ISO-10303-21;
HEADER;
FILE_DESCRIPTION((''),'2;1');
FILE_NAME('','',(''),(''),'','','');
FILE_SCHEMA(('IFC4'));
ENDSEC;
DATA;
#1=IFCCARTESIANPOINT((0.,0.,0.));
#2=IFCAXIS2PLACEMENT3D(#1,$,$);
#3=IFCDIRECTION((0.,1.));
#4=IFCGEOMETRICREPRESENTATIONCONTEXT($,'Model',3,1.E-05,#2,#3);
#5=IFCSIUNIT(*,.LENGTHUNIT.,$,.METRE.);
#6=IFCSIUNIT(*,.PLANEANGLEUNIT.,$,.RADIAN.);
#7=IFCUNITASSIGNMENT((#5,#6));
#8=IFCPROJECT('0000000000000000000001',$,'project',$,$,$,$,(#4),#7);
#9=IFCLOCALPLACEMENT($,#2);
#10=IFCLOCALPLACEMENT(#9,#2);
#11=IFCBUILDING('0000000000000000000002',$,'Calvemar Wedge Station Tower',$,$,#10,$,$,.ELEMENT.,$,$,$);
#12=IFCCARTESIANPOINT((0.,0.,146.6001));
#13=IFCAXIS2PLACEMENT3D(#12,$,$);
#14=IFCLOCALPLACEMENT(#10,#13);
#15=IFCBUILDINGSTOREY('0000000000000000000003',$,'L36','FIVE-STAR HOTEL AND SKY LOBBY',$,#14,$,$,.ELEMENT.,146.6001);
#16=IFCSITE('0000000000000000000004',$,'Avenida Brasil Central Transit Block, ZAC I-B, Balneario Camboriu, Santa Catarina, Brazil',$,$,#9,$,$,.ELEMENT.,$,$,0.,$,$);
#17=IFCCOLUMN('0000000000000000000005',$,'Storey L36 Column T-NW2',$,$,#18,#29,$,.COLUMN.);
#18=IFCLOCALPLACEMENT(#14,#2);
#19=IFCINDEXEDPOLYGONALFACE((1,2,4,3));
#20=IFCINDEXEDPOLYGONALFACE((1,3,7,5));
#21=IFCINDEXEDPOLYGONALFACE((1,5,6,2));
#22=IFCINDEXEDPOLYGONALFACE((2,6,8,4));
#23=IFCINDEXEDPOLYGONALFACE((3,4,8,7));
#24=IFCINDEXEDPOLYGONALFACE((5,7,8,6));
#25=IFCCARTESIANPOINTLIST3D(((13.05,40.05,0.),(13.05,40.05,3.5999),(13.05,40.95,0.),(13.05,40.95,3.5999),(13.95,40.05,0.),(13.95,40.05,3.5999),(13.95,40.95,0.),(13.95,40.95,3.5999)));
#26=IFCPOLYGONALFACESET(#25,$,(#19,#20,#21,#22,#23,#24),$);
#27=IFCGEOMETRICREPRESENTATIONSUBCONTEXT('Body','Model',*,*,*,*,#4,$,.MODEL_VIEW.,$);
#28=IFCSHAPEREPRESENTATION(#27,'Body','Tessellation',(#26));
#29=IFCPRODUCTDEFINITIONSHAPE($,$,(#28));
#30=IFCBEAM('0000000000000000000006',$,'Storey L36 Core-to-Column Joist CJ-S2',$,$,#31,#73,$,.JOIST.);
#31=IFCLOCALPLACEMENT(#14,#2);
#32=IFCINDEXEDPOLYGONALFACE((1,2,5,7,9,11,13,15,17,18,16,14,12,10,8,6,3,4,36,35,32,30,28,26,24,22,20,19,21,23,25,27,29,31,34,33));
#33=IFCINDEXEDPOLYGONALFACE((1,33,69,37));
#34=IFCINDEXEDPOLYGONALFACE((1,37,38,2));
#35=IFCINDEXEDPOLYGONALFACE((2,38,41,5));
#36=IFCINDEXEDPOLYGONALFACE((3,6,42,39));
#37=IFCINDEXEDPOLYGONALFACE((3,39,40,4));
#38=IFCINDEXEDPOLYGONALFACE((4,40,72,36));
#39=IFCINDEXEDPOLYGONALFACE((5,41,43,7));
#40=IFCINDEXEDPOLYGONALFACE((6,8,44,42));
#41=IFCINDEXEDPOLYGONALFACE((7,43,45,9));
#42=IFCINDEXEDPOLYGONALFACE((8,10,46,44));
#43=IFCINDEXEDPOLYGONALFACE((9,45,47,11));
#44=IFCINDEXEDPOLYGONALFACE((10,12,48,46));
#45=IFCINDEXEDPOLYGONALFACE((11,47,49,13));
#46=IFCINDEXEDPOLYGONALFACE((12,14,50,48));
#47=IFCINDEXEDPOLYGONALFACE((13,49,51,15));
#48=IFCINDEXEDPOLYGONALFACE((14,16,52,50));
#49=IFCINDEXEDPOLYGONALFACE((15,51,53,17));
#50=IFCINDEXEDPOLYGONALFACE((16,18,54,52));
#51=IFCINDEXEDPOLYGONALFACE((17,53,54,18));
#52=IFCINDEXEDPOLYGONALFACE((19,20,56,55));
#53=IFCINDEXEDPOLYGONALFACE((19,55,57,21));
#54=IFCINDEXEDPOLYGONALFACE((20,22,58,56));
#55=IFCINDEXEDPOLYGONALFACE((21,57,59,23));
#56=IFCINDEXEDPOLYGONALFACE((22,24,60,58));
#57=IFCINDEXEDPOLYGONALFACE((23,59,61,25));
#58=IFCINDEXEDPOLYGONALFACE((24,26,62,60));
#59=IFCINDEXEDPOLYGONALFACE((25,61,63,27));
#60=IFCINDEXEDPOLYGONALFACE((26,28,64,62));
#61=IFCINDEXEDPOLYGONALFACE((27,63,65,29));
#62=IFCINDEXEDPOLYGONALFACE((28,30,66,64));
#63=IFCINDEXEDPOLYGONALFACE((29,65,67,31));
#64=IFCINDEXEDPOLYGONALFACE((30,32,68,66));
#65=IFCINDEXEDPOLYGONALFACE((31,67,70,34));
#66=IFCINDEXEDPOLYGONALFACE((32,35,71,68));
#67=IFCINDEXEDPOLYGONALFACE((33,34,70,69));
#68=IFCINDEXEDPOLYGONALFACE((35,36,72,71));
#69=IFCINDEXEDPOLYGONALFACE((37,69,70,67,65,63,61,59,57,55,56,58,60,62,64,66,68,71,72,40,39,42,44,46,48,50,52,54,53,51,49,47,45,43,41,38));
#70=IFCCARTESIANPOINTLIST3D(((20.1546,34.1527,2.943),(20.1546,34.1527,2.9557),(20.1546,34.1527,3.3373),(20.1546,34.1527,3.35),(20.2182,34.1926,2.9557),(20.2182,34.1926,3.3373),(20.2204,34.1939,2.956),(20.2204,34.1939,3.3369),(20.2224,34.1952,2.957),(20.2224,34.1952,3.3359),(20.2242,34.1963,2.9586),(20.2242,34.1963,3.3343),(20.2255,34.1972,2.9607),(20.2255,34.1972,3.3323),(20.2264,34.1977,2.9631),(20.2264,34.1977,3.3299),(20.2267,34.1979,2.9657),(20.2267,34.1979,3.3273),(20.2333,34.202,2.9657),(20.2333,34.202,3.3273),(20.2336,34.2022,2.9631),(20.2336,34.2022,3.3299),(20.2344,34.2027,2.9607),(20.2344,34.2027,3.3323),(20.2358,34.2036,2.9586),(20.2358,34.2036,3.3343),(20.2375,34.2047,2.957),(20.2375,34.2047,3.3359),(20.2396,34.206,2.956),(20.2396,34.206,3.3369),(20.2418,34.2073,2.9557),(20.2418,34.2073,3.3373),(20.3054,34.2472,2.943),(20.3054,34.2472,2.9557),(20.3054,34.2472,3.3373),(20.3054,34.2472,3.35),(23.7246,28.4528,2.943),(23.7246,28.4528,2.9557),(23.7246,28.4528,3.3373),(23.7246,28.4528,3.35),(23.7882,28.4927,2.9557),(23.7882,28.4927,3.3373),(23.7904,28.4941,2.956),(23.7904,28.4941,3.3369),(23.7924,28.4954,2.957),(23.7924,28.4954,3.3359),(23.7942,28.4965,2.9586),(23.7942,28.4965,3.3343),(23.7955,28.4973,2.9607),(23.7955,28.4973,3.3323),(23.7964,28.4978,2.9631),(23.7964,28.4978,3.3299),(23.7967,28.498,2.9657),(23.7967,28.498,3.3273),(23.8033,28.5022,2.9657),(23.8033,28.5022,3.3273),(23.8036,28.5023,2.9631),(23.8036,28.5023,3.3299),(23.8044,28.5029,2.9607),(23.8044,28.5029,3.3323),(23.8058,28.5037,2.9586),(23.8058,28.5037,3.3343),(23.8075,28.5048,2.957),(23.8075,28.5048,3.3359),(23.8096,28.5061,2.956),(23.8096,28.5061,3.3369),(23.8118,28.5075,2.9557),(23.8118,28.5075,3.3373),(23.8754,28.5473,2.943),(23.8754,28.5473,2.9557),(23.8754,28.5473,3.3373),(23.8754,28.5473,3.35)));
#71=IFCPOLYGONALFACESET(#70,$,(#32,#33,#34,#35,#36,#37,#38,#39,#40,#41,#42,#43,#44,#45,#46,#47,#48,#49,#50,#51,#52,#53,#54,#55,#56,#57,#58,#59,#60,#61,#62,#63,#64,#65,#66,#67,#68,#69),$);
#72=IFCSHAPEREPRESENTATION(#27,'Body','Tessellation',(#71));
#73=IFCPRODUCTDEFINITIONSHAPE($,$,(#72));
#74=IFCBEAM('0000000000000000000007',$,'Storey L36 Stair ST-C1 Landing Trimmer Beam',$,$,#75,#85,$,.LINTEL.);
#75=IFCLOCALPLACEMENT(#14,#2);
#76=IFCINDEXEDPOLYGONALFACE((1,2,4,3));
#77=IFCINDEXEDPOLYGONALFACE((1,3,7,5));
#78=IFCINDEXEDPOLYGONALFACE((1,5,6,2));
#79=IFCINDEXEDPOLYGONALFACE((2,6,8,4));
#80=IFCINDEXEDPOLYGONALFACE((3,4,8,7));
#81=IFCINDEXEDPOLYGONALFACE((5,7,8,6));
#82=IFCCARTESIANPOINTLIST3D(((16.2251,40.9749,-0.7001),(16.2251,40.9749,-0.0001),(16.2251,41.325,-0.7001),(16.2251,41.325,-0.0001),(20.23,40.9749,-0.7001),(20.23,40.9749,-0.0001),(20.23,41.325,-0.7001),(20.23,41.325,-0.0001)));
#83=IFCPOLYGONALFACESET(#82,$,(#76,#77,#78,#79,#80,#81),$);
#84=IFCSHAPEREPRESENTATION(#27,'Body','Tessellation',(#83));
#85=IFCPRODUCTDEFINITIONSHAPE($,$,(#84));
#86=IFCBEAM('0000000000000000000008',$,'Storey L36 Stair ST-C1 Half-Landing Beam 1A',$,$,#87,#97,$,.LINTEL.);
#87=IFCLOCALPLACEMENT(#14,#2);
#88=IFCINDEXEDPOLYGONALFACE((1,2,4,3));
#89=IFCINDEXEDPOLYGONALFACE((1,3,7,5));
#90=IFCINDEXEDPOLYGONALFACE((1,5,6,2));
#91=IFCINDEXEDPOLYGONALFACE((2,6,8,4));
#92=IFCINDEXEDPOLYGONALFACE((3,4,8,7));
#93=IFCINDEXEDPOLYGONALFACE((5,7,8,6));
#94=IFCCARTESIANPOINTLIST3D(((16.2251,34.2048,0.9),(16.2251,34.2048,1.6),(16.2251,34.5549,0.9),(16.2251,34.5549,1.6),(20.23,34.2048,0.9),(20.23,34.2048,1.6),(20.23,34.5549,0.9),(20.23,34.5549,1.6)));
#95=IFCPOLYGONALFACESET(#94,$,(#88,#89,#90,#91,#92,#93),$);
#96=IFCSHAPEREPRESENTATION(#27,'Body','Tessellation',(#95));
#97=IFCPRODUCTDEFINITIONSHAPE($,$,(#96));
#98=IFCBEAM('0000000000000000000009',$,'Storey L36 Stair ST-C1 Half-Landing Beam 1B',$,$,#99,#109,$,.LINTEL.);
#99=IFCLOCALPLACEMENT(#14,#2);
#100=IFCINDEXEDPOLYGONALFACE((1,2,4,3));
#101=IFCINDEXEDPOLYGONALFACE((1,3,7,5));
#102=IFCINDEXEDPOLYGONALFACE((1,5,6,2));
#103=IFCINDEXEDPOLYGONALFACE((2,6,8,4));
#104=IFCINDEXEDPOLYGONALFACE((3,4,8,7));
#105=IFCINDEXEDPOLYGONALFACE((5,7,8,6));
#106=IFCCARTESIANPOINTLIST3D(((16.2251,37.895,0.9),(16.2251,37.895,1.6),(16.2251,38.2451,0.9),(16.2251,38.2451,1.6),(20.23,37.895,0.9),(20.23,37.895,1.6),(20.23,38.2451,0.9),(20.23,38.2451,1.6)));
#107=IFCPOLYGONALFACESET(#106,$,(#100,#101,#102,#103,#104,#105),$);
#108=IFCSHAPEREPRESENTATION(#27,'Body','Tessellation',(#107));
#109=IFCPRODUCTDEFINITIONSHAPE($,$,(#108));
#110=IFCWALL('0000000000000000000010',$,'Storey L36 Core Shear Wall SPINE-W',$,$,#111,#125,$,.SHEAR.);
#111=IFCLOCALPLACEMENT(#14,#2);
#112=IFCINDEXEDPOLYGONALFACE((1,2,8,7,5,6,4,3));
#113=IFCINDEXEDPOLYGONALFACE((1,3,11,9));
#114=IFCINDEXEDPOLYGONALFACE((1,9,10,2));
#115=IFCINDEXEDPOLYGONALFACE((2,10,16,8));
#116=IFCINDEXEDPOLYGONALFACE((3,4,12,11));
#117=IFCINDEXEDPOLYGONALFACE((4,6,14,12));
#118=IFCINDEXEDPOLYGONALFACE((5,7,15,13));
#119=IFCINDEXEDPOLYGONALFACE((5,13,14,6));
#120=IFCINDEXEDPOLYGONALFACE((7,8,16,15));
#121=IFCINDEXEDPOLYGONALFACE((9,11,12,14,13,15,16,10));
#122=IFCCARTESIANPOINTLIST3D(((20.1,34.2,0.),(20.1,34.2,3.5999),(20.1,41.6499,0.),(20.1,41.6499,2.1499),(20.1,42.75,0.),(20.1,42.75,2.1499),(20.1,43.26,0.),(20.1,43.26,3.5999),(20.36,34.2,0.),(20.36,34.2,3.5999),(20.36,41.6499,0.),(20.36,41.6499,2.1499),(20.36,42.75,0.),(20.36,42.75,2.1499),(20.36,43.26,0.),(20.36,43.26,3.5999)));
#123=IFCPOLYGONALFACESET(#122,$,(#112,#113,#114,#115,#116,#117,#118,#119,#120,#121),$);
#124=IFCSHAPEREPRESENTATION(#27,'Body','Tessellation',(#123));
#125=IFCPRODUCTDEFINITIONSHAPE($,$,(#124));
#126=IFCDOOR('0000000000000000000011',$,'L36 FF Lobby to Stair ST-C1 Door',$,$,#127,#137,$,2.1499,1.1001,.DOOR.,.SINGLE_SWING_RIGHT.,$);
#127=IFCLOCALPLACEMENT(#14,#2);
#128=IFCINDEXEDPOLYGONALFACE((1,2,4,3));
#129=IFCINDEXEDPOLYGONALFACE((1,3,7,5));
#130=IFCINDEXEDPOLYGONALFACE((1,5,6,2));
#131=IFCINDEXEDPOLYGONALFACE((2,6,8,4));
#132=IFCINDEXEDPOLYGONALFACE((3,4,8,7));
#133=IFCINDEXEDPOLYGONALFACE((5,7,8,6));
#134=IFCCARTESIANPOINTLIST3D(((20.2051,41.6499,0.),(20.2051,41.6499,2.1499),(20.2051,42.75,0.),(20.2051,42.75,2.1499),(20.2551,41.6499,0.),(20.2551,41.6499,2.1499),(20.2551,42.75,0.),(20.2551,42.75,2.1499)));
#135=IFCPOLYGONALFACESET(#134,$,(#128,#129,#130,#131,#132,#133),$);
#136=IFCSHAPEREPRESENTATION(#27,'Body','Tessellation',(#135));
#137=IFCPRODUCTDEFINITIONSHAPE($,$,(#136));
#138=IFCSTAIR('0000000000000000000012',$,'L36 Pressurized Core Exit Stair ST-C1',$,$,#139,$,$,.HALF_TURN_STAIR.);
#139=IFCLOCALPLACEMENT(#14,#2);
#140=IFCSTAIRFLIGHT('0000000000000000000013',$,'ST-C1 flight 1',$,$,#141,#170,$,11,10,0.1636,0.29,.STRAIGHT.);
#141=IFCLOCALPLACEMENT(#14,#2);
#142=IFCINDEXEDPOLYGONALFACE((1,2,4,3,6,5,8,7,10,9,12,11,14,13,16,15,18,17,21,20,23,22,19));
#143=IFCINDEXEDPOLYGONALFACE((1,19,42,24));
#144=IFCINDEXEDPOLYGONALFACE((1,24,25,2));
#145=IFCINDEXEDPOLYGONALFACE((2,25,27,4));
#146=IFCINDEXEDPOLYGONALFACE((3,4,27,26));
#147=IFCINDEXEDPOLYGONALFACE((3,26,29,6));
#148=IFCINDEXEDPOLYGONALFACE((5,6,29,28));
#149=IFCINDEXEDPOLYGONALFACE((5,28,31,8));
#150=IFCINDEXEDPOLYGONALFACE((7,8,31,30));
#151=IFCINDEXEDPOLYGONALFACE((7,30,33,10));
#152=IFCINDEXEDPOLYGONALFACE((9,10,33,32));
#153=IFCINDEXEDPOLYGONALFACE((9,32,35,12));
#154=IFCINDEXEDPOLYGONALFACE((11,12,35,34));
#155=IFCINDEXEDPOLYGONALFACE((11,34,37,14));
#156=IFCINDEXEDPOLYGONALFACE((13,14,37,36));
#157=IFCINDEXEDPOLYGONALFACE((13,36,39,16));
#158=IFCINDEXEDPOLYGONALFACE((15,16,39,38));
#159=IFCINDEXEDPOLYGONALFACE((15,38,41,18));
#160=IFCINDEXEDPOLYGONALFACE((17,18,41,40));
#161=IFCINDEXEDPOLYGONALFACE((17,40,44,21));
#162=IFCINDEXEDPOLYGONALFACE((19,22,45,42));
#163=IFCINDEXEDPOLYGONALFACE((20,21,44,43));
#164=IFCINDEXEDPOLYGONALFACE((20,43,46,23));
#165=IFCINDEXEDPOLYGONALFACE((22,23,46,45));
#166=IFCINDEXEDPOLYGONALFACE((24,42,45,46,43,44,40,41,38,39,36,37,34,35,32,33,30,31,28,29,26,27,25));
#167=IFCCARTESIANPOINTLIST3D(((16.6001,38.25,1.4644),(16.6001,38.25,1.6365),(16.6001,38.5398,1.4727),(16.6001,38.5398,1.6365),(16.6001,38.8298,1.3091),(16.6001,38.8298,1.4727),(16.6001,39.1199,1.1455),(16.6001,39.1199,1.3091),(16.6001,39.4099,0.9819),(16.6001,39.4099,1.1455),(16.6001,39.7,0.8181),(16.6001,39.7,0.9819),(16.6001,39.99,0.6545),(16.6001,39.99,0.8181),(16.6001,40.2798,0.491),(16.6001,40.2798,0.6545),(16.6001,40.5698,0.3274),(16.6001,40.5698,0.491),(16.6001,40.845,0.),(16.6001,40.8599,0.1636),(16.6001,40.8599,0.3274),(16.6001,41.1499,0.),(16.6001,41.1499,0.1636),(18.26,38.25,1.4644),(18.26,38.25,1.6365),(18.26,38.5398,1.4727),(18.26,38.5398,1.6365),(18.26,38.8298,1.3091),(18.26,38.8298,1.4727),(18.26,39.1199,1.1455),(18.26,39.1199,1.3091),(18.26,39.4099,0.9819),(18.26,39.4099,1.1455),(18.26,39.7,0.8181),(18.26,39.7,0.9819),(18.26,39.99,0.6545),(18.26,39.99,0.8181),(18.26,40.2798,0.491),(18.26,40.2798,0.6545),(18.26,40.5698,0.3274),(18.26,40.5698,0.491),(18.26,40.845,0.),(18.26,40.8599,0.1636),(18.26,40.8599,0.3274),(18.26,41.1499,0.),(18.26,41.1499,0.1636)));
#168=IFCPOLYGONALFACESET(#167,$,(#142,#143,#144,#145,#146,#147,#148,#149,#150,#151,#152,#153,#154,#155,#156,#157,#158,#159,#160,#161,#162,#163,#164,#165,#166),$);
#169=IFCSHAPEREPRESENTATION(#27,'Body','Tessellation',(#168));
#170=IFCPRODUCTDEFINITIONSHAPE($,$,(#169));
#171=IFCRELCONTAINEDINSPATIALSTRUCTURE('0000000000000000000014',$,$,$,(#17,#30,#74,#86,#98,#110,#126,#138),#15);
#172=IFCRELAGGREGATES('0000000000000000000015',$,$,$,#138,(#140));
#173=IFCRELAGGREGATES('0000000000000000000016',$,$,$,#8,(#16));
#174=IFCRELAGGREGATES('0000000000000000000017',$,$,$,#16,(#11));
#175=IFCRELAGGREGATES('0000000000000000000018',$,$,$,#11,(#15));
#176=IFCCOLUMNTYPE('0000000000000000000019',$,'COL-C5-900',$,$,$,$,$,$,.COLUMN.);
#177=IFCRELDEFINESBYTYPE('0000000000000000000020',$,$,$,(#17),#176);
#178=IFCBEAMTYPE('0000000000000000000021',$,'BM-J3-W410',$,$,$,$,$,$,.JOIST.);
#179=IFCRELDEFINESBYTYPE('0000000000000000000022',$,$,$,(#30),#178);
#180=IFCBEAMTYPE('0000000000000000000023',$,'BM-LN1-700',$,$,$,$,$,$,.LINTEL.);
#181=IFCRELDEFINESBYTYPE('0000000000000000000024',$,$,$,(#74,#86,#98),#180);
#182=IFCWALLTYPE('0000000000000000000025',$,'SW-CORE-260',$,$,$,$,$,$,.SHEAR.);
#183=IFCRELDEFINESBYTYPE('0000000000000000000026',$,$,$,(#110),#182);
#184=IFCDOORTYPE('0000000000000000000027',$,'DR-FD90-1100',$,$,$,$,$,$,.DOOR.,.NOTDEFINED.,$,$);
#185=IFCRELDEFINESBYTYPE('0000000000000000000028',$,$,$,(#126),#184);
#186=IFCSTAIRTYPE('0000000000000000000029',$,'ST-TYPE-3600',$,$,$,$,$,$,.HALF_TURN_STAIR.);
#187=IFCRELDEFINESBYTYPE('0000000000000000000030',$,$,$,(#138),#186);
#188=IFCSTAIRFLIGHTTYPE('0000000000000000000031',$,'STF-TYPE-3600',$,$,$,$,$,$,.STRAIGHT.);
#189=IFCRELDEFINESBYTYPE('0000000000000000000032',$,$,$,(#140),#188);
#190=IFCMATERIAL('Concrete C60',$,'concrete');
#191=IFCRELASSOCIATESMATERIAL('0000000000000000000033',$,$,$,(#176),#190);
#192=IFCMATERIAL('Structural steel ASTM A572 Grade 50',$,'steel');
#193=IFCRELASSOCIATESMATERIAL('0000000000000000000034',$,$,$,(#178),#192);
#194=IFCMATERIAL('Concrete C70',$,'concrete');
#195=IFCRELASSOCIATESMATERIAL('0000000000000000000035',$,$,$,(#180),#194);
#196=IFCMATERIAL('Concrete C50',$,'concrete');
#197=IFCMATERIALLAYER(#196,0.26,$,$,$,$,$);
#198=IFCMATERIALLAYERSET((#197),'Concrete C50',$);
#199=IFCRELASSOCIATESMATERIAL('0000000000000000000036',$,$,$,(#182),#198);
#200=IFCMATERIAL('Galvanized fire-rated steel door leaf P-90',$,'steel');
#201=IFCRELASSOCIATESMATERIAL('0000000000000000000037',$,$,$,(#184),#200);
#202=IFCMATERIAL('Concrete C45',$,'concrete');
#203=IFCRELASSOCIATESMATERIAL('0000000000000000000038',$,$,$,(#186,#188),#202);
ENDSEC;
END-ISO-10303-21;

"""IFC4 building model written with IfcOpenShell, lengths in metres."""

from ifc_helpers import new_model, si_unit, direction, frame, frame_2d, origin, origin_2d, place, context, subcontext, project, spatial, polyline, rectangle, i_section, outline, extrude, source, transform, mapped, material, layer, layer_set, material_profile, profile_set, type_object, element, fill, aggregate, save


model = new_model("IFC4")

# Units and contexts
model_context = context("Model", 3, precision=1e-05, world=origin(), true_north=direction((0.0, 1.0)))
body_context = subcontext(model_context, "Body", "Model", "MODEL_VIEW")
ifc_project = project(units=[si_unit("LENGTHUNIT", "METRE"), si_unit("PLANEANGLEUNIT", "RADIAN")], contexts=[model_context])

# Site, building, storey
site_placement = place(None, origin())
site = spatial("IfcSite", under=ifc_project, at=site_placement, Name="Avenida Brasil Central Transit Block, ZAC I-B, Balneario Camboriu, Santa Catarina, Brazil", CompositionType="ELEMENT", RefElevation=0.0)
building_placement = place(site_placement, origin())
building = spatial("IfcBuilding", under=site, at=building_placement, Name="Calvemar Wedge Station Tower", CompositionType="ELEMENT")
storey_placement = place(building_placement, frame((0.0, 0.0, 146.6001)))
storey = spatial("IfcBuildingStorey", under=building, at=storey_placement, Name="L36", Description="FIVE-STAR HOTEL AND SKY LOBBY", CompositionType="ELEMENT", Elevation=146.6001)

# Column
ifc_material_1 = material(Name="Concrete C60", Category="concrete")
ifc_material_profile_1 = material_profile(ifc_material_1, rectangle(XDim=0.8999, YDim=0.8999, at=origin_2d()), Name="RC900x900")
ifc_profile_set_1 = profile_set([ifc_material_profile_1], Name="Concrete C60")
column_type = type_object("IfcColumnType", Name="COL-C5-900", PredefinedType="COLUMN", material=ifc_profile_set_1)
shared_shape_1 = source(origin(), body_context, "Body", "SweptSolid", [
    extrude(rectangle(XDim=0.8999, YDim=0.8999, at=origin_2d()), origin(), (0.0, 0.0, 1.0), 3.5999),
])
column_placement = place(storey_placement, frame((13.5, 40.5, 0.0), z_axis=(0.0, 0.0, 1.0), x_axis=(1.0, 0.0, 0.0)))
element("IfcColumn", 1, at=column_placement, inside=storey, type_object=column_type, Name="Storey L36 Column T-NW2", PredefinedType="COLUMN", context=body_context, shape_type="MappedRepresentation", body=[
    mapped(shared_shape_1, transform((0.0, 0.0, 0.0), scale=1.0)),
])

# Beams
ifc_material_2 = material(Name="Structural steel ASTM A572 Grade 50", Category="steel")
ifc_material_profile_2 = material_profile(ifc_material_2, i_section(OverallWidth=0.178, OverallDepth=0.407, WebThickness=0.0078, FlangeThickness=0.0127, FilletRadius=0.01, at=origin_2d()), Name="W410x60")
ifc_profile_set_2 = profile_set([ifc_material_profile_2], Name="Structural steel ASTM A572 Grade 50")
beam_type_1 = type_object("IfcBeamType", Name="BM-J3-W410", PredefinedType="JOIST", material=ifc_profile_set_2)
shared_shape_2 = source(origin(), body_context, "Body", "SweptSolid", [
    extrude(i_section(OverallWidth=0.178, OverallDepth=0.407, WebThickness=0.0078, FlangeThickness=0.0127, FilletRadius=0.01, at=origin_2d()), origin(), (0.0, 0.0, 1.0), 6.7256),
])
beam_placement = place(storey_placement, frame((20.23, 34.2, 3.1465), z_axis=(0.530811, -0.84749, 0.0), x_axis=(0.84749, 0.530811, 0.0)))
element("IfcBeam", 2, at=beam_placement, inside=storey, type_object=beam_type_1, Name="Storey L36 Core-to-Column Joist CJ-S2", PredefinedType="JOIST", context=body_context, shape_type="MappedRepresentation", body=[
    mapped(shared_shape_2, transform((0.0, 0.0, 0.0), scale=1.0)),
])
ifc_material_3 = material(Name="Concrete C70", Category="concrete")
ifc_material_profile_3 = material_profile(ifc_material_3, rectangle(XDim=0.3501, YDim=0.7, at=origin_2d()), Name="RC350x700")
ifc_profile_set_3 = profile_set([ifc_material_profile_3], Name="Concrete C70")
beam_type_2 = type_object("IfcBeamType", Name="BM-LN1-700", PredefinedType="LINTEL", material=ifc_profile_set_3)
shared_shape_3 = source(origin(), body_context, "Body", "SweptSolid", [
    extrude(rectangle(XDim=0.3501, YDim=0.7, at=origin_2d()), origin(), (0.0, 0.0, 1.0), 4.0049),
])
for number, where, z_axis, x_axis, name in (
    (3, (16.2251, 41.1499, -0.3501), (1.0, 0.0, 0.0), (0.0, 1.0, 0.0), "Storey L36 Stair ST-C1 Landing Trimmer Beam"),
    (4, (16.2251, 34.3799, 1.25), (1.0, 0.0, 0.0), (0.0, 1.0, 0.0), "Storey L36 Stair ST-C1 Half-Landing Beam 1A"),
    (5, (16.2251, 38.0701, 1.25), (1.0, 0.0, 0.0), (0.0, 1.0, 0.0), "Storey L36 Stair ST-C1 Half-Landing Beam 1B"),
):
    element("IfcBeam", number, at=place(storey_placement, frame(where, z_axis=z_axis, x_axis=x_axis)), inside=storey, type_object=beam_type_2, Name=name, PredefinedType="LINTEL", context=body_context, shape_type="MappedRepresentation", body=[
        mapped(shared_shape_3, transform((0.0, 0.0, 0.0), scale=1.0)),
    ])

# Wall, opening, door
ifc_material_4 = material(Name="Concrete C50", Category="concrete")
ifc_layer_1 = layer(ifc_material_4, 0.26)
ifc_layer_set_1 = layer_set([ifc_layer_1], Name="Concrete C50")
wall_type_1 = type_object("IfcWallType", Name="SW-CORE-260", PredefinedType="SHEAR", material=ifc_layer_set_1)
wall_1_placement = place(storey_placement, frame((20.23, 34.2, 0.0), z_axis=(0.0, 0.0, 1.0), x_axis=(0.0, 1.0, 0.0)))
wall_1 = element("IfcWall", 6, at=wall_1_placement, inside=storey, type_object=wall_type_1, Name="Storey L36 Core Shear Wall SPINE-W", PredefinedType="SHEAR", context=body_context, shape_type="SweptSolid", body=[
    extrude(rectangle(XDim=9.0601, YDim=0.26, at=frame_2d((4.53, 0.0))), origin(), (0.0, 0.0, 1.0), 3.5999),
])
shared_shape_4 = source(origin(), body_context, "Body", "SweptSolid", [
    extrude(rectangle(XDim=1.1001, YDim=2.1499, at=frame_2d((0.55, 1.075))), frame((0.0, 0.1401, 0.0), z_axis=(0.0, -1.0, 0.0), x_axis=(1.0, 0.0, 0.0)), (0.0, 0.0, 1.0), 0.28),
])
opening_1_placement = place(wall_1_placement, frame((7.45, 0.0, 0.0)))
opening_1 = element("IfcOpeningElement", 7, at=opening_1_placement, cuts=wall_1, PredefinedType="OPENING", context=body_context, shape_type="MappedRepresentation", body=[
    mapped(shared_shape_4, transform((0.0, 0.0, 0.0), scale=1.0)),
])
ifc_material_5 = material(Name="Galvanized fire-rated steel door leaf P-90", Category="steel")
door_type_1 = type_object("IfcDoorType", Name="DR-FD90-1100", OperationType="NOTDEFINED", PredefinedType="DOOR", material=ifc_material_5)
shared_shape_5 = source(origin(), body_context, "Body", "SweptSolid", [
    extrude(rectangle(XDim=1.1001, YDim=2.1499, at=frame_2d((0.55, 1.075))), frame((0.0, 0.0249, 0.0), z_axis=(0.0, -1.0, 0.0), x_axis=(1.0, 0.0, 0.0)), (0.0, 0.0, 1.0), 0.05),
])
door_1_placement = place(opening_1_placement, origin())
door_1 = element("IfcDoor", 8, at=door_1_placement, inside=storey, type_object=door_type_1, Name="L36 FF Lobby to Stair ST-C1 Door", OperationType="SINGLE_SWING_RIGHT", OverallHeight=2.1499, OverallWidth=1.1001, PredefinedType="DOOR", context=body_context, shape_type="MappedRepresentation", body=[
    mapped(shared_shape_5, transform((0.0, 0.0, 0.0), scale=1.0)),
])
fill(opening_1, door_1)

# Stair, stair flight
ifc_material_6 = material(Name="Concrete C45", Category="concrete")
stair_type = type_object("IfcStairType", Name="ST-TYPE-3600", PredefinedType="HALF_TURN_STAIR", material=ifc_material_6)
stair_placement = place(storey_placement, origin())
stair = element("IfcStair", 9, at=stair_placement, inside=storey, type_object=stair_type, Name="L36 Pressurized Core Exit Stair ST-C1", PredefinedType="HALF_TURN_STAIR")
stair_flight_type = type_object("IfcStairFlightType", Name="STF-TYPE-3600", PredefinedType="STRAIGHT", material=ifc_material_6)
stair_flight_1_placement = place(storey_placement, frame((17.4299, 41.1499, 0.0), z_axis=(0.0, 0.0, 1.0), x_axis=(0.0, -1.0, 0.0)))
stair_flight_1 = element("IfcStairFlight", 10, at=stair_flight_1_placement, type_object=stair_flight_type, Name="ST-C1 flight 1", NumberOfRisers=11, NumberOfTreads=10, PredefinedType="STRAIGHT", RiserHeight=0.1636, TreadLength=0.29, context=body_context, shape_type="SweptSolid", body=[
    extrude(outline(polyline([(0.0, 0.0), (0.0, 0.1636), (0.29, 0.1636), (0.29, 0.3274), (0.5801, 0.3274), (0.5801, 0.491), (0.8701, 0.491), (0.8701, 0.6545), (1.1599, 0.6545), (1.1599, 0.8181), (1.45, 0.8181), (1.45, 0.9819), (1.74, 0.9819), (1.74, 1.1455), (2.03, 1.1455), (2.03, 1.3091), (2.3201, 1.3091), (2.3201, 1.4727), (2.6101, 1.4727), (2.6101, 1.6365), (2.8999, 1.6365), (2.8999, 1.8), (2.8999, 1.4644), (0.3049, 0.0), (0.0, 0.0)])), frame((0.0, 0.8301, 0.0), z_axis=(0.0, -1.0, 0.0), x_axis=(1.0, 0.0, 0.0)), (0.0, 0.0, 1.0), 1.6599),
])
aggregate(stair, [stair_flight_1])

save(model, "model.ifc")
